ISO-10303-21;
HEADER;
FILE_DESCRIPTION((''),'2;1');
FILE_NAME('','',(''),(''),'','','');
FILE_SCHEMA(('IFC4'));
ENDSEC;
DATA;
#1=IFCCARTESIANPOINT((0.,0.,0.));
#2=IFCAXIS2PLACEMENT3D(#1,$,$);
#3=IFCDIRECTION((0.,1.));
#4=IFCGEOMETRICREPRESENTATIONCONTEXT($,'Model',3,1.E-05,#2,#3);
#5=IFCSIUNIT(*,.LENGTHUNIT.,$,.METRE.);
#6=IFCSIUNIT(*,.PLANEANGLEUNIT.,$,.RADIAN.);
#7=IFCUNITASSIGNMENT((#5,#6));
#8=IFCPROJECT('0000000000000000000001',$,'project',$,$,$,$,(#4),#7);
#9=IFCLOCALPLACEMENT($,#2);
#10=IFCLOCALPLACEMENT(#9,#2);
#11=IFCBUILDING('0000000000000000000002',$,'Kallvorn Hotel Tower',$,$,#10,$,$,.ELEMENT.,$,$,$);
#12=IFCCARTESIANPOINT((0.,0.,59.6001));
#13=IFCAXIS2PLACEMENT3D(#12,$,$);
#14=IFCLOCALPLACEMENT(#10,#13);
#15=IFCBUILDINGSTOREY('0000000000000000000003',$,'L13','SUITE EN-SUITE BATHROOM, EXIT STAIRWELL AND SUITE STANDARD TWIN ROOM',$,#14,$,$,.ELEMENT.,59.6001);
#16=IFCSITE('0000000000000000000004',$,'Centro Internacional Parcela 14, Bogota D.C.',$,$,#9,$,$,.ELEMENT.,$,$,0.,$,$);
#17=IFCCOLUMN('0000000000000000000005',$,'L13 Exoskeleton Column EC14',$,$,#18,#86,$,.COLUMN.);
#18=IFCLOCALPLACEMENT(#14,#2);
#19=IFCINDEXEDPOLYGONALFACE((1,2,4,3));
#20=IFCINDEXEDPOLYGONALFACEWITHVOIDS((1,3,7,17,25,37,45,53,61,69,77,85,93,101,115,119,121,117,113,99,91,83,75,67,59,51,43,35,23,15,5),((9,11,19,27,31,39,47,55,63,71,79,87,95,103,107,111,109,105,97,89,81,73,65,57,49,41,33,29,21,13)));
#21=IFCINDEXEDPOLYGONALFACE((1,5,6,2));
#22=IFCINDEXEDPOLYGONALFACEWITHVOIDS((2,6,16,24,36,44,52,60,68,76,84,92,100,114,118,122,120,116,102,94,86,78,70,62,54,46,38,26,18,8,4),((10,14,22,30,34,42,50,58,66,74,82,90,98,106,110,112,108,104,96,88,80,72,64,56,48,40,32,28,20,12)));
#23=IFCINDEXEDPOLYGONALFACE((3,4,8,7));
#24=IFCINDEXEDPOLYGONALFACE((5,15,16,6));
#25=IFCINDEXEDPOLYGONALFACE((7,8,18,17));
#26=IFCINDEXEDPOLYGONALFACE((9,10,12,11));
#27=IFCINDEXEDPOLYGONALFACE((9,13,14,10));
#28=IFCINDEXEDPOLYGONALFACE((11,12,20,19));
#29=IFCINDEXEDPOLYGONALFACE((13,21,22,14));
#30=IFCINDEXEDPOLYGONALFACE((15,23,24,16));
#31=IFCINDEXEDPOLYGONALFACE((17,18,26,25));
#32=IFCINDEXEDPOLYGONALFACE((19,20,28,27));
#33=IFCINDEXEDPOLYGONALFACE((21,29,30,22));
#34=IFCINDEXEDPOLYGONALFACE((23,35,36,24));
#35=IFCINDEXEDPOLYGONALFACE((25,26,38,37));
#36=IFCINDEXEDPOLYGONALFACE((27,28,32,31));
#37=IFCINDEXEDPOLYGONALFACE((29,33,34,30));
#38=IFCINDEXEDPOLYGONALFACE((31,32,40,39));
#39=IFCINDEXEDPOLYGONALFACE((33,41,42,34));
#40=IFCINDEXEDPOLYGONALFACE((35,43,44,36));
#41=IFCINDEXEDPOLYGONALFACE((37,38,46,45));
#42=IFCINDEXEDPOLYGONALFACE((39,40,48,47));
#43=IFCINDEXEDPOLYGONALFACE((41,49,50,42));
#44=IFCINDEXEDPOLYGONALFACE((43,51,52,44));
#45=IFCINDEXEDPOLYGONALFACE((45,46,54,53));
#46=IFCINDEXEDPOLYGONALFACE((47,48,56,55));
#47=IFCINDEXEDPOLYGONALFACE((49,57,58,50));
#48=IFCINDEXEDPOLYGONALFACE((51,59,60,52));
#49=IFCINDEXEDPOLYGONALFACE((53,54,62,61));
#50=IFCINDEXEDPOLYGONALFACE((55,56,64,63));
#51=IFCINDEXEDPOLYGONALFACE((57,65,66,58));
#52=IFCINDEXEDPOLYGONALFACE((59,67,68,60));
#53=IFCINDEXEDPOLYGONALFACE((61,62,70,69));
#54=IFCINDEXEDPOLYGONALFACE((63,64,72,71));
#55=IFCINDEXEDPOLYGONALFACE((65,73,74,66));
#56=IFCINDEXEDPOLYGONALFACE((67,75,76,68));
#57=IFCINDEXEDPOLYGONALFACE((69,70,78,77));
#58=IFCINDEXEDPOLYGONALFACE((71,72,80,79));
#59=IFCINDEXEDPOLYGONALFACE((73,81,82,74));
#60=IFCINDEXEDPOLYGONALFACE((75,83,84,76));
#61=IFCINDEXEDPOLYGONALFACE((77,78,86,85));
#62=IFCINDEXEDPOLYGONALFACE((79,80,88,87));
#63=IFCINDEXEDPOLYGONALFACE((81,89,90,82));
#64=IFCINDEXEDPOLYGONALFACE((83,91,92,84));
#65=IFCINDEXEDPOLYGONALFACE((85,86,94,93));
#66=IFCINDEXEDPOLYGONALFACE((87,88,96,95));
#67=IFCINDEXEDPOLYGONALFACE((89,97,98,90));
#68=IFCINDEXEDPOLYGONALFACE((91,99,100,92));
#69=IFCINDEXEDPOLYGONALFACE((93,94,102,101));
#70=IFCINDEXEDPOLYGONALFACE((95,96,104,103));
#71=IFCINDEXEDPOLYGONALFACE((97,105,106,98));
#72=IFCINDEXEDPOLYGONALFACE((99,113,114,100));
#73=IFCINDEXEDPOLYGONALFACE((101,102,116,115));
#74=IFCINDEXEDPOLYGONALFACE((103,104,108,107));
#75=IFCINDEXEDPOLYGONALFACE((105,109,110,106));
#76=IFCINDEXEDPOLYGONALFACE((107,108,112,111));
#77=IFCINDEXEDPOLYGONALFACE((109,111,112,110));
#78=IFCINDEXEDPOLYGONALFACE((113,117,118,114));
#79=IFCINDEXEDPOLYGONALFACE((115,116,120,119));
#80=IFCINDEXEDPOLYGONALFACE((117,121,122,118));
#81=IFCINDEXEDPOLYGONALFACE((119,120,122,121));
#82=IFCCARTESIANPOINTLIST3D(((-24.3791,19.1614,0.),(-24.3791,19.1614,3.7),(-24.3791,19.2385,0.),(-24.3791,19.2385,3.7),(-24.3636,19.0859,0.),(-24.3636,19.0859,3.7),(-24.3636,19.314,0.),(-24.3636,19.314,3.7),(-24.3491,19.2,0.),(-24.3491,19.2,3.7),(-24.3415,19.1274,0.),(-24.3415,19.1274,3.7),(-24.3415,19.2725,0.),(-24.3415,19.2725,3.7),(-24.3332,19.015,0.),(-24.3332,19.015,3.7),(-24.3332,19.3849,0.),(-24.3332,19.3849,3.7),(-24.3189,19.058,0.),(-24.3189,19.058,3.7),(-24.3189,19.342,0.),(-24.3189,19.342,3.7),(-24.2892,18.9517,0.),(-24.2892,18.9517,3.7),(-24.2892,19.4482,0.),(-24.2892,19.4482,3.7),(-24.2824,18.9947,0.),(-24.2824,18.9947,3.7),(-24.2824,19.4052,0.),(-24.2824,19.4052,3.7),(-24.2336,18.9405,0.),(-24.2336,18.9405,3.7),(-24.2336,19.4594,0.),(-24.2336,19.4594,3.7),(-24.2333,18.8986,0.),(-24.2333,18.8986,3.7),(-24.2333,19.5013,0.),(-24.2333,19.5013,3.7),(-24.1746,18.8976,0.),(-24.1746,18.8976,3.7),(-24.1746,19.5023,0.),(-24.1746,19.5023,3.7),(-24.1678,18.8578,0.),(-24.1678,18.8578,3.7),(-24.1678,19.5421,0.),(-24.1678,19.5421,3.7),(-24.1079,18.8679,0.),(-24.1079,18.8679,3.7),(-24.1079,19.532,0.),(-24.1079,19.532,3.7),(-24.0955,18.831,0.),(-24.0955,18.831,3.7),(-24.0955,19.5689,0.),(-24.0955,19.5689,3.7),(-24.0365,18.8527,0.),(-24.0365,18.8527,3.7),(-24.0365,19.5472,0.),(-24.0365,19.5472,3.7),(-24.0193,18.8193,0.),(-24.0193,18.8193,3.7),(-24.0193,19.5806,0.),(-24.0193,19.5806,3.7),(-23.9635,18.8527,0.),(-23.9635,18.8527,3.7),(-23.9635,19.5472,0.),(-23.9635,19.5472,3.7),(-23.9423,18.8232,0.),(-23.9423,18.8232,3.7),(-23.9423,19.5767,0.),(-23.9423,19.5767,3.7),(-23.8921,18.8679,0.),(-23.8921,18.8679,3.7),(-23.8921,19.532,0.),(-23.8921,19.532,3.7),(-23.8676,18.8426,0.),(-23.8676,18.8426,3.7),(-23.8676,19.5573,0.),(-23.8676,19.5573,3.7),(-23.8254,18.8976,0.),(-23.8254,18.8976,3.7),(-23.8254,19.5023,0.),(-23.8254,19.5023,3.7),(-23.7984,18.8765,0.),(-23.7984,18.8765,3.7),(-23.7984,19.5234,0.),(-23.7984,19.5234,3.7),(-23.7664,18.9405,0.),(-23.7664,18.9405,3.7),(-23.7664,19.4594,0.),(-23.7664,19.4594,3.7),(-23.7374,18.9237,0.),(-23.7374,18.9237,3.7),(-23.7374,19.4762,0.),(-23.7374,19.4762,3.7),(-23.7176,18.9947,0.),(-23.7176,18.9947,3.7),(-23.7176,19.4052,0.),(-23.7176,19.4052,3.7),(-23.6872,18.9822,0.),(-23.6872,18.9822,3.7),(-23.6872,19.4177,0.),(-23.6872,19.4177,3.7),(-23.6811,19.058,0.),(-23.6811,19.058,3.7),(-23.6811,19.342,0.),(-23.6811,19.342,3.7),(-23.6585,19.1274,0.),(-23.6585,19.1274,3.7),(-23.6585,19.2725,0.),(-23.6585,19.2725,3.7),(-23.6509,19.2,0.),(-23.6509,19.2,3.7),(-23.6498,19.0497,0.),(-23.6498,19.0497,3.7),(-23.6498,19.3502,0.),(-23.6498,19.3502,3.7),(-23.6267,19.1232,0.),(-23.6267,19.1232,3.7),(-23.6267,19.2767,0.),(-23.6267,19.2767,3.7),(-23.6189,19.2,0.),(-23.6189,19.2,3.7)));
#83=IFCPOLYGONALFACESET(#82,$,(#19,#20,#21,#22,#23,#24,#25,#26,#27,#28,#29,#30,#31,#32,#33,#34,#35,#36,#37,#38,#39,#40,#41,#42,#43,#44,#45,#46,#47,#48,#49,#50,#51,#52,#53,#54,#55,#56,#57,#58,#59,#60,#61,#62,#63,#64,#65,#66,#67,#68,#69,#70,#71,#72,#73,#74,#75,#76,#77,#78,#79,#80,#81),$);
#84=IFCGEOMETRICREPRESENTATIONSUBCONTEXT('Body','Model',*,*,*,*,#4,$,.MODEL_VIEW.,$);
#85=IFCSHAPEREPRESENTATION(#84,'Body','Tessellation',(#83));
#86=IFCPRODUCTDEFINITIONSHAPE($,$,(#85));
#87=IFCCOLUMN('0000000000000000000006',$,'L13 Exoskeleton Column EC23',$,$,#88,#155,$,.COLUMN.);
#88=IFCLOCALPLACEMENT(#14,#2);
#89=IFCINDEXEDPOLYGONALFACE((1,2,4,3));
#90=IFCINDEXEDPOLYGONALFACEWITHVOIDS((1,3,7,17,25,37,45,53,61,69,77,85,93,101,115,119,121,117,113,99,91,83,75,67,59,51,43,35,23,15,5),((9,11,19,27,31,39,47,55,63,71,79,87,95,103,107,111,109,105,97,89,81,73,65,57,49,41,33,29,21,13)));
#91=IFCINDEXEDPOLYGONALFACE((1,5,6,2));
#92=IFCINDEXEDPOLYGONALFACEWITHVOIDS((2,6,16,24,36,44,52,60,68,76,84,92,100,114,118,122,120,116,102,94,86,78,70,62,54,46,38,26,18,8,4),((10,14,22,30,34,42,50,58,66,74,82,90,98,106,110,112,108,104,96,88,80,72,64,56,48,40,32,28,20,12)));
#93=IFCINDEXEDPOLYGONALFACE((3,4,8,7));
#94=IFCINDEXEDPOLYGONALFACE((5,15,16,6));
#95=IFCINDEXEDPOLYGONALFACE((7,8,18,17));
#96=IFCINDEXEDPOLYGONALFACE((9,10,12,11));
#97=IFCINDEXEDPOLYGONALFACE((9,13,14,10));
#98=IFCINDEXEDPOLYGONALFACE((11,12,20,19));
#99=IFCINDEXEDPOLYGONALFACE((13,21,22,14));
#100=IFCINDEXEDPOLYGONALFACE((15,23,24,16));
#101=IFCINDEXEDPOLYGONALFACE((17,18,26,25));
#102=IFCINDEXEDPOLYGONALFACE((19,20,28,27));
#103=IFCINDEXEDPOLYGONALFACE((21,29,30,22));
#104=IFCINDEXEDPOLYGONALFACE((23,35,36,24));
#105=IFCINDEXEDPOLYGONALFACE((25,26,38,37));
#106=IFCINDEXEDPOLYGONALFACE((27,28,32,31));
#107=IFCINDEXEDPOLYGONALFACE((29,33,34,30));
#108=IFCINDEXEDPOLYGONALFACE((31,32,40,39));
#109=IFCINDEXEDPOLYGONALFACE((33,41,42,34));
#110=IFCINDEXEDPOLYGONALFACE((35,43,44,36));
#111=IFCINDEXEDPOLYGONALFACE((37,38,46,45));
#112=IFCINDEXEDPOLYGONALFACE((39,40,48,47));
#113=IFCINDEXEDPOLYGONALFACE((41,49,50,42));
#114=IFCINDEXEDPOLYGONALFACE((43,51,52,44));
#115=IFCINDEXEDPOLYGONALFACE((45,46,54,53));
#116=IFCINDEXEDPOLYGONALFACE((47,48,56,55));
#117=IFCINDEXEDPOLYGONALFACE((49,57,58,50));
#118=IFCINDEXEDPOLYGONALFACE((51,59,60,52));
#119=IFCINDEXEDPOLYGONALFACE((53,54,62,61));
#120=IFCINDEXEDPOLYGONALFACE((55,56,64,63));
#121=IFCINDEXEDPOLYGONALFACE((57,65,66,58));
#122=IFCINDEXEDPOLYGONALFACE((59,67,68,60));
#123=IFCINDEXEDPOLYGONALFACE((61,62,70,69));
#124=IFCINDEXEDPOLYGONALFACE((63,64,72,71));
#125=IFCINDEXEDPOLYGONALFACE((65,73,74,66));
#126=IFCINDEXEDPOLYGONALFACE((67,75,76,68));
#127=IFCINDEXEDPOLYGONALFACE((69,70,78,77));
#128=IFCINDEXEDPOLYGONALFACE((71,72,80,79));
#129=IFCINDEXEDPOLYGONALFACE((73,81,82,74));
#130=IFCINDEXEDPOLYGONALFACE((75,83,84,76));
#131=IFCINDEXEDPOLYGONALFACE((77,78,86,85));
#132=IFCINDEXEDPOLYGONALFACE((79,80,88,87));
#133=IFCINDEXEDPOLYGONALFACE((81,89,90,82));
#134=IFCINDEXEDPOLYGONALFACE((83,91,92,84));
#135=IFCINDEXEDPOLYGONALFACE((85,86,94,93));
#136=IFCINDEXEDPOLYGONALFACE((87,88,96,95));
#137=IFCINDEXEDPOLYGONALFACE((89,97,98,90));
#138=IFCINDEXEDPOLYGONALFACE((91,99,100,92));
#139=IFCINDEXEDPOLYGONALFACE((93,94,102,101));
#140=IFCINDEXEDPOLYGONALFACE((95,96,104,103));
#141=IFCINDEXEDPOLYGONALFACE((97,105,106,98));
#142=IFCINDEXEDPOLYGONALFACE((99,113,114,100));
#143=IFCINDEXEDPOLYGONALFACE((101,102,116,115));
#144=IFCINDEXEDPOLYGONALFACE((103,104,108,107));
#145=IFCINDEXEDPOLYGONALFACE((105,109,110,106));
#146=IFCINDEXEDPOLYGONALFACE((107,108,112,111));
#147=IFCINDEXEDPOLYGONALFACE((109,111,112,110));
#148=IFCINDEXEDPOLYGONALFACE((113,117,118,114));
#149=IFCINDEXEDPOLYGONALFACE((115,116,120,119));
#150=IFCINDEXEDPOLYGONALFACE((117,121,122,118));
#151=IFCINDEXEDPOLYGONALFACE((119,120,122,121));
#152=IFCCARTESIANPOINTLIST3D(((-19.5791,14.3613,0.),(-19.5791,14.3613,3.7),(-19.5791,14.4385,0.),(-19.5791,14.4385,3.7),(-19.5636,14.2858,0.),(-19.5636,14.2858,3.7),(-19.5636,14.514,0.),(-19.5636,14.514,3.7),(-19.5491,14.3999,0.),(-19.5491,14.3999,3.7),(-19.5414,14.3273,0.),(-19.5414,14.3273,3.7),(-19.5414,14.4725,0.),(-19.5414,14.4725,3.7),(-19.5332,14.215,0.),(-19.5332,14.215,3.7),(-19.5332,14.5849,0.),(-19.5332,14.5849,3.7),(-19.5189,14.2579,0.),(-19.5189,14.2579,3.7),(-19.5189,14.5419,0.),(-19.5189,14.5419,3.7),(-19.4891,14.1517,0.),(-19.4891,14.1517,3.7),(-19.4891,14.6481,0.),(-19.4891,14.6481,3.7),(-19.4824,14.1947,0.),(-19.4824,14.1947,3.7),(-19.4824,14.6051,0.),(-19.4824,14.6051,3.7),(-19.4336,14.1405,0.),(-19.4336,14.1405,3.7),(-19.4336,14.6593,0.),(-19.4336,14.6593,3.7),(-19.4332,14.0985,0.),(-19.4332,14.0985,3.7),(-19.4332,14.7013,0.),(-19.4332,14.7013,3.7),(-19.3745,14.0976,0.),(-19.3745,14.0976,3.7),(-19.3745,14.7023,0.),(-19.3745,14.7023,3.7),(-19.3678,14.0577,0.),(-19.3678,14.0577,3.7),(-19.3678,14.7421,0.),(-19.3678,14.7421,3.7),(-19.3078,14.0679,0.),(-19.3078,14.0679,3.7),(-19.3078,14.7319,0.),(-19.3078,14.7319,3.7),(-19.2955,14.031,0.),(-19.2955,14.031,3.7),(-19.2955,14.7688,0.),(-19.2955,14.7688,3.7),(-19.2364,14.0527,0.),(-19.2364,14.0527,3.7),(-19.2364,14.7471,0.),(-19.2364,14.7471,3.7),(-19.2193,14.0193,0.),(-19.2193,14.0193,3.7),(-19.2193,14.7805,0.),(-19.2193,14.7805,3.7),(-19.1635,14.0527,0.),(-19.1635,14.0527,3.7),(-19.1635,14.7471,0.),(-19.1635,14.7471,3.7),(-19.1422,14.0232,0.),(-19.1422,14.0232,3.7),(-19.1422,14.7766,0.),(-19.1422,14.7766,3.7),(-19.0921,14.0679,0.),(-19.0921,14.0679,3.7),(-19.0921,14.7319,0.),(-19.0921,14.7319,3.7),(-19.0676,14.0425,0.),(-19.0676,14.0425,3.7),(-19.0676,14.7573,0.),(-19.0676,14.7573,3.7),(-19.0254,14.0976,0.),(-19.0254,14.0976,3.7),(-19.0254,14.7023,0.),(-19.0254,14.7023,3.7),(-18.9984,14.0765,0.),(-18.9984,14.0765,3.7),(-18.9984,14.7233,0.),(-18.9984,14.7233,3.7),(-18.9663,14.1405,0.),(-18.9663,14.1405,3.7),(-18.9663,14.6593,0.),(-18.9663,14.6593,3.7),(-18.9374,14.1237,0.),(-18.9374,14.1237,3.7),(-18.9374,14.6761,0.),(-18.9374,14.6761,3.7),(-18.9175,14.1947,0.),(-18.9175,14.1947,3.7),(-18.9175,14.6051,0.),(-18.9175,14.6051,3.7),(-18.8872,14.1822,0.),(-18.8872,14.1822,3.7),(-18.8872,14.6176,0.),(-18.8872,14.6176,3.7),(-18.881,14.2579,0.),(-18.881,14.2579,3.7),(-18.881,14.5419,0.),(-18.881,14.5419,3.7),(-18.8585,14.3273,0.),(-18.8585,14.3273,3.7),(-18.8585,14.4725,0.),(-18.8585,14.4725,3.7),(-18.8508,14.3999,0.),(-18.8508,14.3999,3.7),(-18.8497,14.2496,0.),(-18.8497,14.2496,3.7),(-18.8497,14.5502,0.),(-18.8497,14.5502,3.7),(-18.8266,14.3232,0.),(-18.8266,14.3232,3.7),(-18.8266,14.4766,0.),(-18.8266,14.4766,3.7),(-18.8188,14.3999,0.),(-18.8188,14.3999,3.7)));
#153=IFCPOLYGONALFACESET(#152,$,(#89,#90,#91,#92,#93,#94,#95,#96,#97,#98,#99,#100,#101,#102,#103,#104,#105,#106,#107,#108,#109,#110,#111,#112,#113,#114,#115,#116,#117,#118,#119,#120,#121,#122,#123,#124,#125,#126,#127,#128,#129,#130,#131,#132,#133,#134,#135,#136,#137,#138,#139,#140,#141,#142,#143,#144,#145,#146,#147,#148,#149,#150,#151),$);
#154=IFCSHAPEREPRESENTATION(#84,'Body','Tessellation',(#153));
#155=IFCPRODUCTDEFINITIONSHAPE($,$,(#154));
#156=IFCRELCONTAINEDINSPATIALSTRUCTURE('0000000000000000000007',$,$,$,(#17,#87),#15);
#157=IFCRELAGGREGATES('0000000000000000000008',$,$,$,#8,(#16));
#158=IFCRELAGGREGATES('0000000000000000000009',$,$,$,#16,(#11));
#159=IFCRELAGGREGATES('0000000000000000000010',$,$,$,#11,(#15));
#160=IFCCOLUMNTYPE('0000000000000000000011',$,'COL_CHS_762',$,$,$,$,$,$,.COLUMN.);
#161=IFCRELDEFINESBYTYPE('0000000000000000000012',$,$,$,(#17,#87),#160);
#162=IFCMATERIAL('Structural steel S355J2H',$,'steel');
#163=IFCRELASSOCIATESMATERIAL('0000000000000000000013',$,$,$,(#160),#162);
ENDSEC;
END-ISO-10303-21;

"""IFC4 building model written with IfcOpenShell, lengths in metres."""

from ifc_helpers import new_model, si_unit, direction, frame, origin, origin_2d, place, context, subcontext, project, spatial, hollow_circle, extrude, material, material_profile, profile_set, type_object, element, save


model = new_model("IFC4")

# Units and contexts
model_context = context("Model", 3, precision=1e-05, world=origin(), true_north=direction((0.0, 1.0)))
body_context = subcontext(model_context, "Body", "Model", "MODEL_VIEW")
ifc_project = project(units=[si_unit("LENGTHUNIT", "METRE"), si_unit("PLANEANGLEUNIT", "RADIAN")], contexts=[model_context])

# Site, building, storey
site_placement = place(None, origin())
site = spatial("IfcSite", under=ifc_project, at=site_placement, Name="Centro Internacional Parcela 14, Bogota D.C.", CompositionType="ELEMENT", RefElevation=0.0)
building_placement = place(site_placement, origin())
building = spatial("IfcBuilding", under=site, at=building_placement, Name="Kallvorn Hotel Tower", CompositionType="ELEMENT")
storey_placement = place(building_placement, frame((0.0, 0.0, 59.6001)))
storey = spatial("IfcBuildingStorey", under=building, at=storey_placement, Name="L13", Description="SUITE EN-SUITE BATHROOM, EXIT STAIRWELL AND SUITE STANDARD TWIN ROOM", CompositionType="ELEMENT", Elevation=59.6001)

# Columns
ifc_material_1 = material(Name="Structural steel S355J2H", Category="steel")
ifc_material_profile_1 = material_profile(ifc_material_1, hollow_circle(Radius=0.3811, WallThickness=0.032, at=origin_2d()), Name="CHS 762x32")
ifc_profile_set_1 = profile_set([ifc_material_profile_1], Name="Structural steel S355J2H")
column_type_1 = type_object("IfcColumnType", Name="COL_CHS_762", PredefinedType="COLUMN", material=ifc_profile_set_1)
for number, where, z_axis, x_axis, name in (
    (1, (-24.0, 19.2, 0.0), (0.0, 0.0, 1.0), (1.0, 0.0, 0.0), "L13 Exoskeleton Column EC14"),
    (2, (-19.2, 14.3999, 0.0), (0.0, 0.0, 1.0), (1.0, 0.0, 0.0), "L13 Exoskeleton Column EC23"),
):
    element("IfcColumn", number, at=place(storey_placement, frame(where, z_axis=z_axis, x_axis=x_axis)), inside=storey, type_object=column_type_1, Name=name, PredefinedType="COLUMN", context=body_context, shape_type="SweptSolid", body=[
        extrude(hollow_circle(Radius=0.3811, WallThickness=0.032, at=origin_2d()), origin(), (0.0, 0.0, 1.0), 3.7),
    ])

save(model, "model.ifc")
